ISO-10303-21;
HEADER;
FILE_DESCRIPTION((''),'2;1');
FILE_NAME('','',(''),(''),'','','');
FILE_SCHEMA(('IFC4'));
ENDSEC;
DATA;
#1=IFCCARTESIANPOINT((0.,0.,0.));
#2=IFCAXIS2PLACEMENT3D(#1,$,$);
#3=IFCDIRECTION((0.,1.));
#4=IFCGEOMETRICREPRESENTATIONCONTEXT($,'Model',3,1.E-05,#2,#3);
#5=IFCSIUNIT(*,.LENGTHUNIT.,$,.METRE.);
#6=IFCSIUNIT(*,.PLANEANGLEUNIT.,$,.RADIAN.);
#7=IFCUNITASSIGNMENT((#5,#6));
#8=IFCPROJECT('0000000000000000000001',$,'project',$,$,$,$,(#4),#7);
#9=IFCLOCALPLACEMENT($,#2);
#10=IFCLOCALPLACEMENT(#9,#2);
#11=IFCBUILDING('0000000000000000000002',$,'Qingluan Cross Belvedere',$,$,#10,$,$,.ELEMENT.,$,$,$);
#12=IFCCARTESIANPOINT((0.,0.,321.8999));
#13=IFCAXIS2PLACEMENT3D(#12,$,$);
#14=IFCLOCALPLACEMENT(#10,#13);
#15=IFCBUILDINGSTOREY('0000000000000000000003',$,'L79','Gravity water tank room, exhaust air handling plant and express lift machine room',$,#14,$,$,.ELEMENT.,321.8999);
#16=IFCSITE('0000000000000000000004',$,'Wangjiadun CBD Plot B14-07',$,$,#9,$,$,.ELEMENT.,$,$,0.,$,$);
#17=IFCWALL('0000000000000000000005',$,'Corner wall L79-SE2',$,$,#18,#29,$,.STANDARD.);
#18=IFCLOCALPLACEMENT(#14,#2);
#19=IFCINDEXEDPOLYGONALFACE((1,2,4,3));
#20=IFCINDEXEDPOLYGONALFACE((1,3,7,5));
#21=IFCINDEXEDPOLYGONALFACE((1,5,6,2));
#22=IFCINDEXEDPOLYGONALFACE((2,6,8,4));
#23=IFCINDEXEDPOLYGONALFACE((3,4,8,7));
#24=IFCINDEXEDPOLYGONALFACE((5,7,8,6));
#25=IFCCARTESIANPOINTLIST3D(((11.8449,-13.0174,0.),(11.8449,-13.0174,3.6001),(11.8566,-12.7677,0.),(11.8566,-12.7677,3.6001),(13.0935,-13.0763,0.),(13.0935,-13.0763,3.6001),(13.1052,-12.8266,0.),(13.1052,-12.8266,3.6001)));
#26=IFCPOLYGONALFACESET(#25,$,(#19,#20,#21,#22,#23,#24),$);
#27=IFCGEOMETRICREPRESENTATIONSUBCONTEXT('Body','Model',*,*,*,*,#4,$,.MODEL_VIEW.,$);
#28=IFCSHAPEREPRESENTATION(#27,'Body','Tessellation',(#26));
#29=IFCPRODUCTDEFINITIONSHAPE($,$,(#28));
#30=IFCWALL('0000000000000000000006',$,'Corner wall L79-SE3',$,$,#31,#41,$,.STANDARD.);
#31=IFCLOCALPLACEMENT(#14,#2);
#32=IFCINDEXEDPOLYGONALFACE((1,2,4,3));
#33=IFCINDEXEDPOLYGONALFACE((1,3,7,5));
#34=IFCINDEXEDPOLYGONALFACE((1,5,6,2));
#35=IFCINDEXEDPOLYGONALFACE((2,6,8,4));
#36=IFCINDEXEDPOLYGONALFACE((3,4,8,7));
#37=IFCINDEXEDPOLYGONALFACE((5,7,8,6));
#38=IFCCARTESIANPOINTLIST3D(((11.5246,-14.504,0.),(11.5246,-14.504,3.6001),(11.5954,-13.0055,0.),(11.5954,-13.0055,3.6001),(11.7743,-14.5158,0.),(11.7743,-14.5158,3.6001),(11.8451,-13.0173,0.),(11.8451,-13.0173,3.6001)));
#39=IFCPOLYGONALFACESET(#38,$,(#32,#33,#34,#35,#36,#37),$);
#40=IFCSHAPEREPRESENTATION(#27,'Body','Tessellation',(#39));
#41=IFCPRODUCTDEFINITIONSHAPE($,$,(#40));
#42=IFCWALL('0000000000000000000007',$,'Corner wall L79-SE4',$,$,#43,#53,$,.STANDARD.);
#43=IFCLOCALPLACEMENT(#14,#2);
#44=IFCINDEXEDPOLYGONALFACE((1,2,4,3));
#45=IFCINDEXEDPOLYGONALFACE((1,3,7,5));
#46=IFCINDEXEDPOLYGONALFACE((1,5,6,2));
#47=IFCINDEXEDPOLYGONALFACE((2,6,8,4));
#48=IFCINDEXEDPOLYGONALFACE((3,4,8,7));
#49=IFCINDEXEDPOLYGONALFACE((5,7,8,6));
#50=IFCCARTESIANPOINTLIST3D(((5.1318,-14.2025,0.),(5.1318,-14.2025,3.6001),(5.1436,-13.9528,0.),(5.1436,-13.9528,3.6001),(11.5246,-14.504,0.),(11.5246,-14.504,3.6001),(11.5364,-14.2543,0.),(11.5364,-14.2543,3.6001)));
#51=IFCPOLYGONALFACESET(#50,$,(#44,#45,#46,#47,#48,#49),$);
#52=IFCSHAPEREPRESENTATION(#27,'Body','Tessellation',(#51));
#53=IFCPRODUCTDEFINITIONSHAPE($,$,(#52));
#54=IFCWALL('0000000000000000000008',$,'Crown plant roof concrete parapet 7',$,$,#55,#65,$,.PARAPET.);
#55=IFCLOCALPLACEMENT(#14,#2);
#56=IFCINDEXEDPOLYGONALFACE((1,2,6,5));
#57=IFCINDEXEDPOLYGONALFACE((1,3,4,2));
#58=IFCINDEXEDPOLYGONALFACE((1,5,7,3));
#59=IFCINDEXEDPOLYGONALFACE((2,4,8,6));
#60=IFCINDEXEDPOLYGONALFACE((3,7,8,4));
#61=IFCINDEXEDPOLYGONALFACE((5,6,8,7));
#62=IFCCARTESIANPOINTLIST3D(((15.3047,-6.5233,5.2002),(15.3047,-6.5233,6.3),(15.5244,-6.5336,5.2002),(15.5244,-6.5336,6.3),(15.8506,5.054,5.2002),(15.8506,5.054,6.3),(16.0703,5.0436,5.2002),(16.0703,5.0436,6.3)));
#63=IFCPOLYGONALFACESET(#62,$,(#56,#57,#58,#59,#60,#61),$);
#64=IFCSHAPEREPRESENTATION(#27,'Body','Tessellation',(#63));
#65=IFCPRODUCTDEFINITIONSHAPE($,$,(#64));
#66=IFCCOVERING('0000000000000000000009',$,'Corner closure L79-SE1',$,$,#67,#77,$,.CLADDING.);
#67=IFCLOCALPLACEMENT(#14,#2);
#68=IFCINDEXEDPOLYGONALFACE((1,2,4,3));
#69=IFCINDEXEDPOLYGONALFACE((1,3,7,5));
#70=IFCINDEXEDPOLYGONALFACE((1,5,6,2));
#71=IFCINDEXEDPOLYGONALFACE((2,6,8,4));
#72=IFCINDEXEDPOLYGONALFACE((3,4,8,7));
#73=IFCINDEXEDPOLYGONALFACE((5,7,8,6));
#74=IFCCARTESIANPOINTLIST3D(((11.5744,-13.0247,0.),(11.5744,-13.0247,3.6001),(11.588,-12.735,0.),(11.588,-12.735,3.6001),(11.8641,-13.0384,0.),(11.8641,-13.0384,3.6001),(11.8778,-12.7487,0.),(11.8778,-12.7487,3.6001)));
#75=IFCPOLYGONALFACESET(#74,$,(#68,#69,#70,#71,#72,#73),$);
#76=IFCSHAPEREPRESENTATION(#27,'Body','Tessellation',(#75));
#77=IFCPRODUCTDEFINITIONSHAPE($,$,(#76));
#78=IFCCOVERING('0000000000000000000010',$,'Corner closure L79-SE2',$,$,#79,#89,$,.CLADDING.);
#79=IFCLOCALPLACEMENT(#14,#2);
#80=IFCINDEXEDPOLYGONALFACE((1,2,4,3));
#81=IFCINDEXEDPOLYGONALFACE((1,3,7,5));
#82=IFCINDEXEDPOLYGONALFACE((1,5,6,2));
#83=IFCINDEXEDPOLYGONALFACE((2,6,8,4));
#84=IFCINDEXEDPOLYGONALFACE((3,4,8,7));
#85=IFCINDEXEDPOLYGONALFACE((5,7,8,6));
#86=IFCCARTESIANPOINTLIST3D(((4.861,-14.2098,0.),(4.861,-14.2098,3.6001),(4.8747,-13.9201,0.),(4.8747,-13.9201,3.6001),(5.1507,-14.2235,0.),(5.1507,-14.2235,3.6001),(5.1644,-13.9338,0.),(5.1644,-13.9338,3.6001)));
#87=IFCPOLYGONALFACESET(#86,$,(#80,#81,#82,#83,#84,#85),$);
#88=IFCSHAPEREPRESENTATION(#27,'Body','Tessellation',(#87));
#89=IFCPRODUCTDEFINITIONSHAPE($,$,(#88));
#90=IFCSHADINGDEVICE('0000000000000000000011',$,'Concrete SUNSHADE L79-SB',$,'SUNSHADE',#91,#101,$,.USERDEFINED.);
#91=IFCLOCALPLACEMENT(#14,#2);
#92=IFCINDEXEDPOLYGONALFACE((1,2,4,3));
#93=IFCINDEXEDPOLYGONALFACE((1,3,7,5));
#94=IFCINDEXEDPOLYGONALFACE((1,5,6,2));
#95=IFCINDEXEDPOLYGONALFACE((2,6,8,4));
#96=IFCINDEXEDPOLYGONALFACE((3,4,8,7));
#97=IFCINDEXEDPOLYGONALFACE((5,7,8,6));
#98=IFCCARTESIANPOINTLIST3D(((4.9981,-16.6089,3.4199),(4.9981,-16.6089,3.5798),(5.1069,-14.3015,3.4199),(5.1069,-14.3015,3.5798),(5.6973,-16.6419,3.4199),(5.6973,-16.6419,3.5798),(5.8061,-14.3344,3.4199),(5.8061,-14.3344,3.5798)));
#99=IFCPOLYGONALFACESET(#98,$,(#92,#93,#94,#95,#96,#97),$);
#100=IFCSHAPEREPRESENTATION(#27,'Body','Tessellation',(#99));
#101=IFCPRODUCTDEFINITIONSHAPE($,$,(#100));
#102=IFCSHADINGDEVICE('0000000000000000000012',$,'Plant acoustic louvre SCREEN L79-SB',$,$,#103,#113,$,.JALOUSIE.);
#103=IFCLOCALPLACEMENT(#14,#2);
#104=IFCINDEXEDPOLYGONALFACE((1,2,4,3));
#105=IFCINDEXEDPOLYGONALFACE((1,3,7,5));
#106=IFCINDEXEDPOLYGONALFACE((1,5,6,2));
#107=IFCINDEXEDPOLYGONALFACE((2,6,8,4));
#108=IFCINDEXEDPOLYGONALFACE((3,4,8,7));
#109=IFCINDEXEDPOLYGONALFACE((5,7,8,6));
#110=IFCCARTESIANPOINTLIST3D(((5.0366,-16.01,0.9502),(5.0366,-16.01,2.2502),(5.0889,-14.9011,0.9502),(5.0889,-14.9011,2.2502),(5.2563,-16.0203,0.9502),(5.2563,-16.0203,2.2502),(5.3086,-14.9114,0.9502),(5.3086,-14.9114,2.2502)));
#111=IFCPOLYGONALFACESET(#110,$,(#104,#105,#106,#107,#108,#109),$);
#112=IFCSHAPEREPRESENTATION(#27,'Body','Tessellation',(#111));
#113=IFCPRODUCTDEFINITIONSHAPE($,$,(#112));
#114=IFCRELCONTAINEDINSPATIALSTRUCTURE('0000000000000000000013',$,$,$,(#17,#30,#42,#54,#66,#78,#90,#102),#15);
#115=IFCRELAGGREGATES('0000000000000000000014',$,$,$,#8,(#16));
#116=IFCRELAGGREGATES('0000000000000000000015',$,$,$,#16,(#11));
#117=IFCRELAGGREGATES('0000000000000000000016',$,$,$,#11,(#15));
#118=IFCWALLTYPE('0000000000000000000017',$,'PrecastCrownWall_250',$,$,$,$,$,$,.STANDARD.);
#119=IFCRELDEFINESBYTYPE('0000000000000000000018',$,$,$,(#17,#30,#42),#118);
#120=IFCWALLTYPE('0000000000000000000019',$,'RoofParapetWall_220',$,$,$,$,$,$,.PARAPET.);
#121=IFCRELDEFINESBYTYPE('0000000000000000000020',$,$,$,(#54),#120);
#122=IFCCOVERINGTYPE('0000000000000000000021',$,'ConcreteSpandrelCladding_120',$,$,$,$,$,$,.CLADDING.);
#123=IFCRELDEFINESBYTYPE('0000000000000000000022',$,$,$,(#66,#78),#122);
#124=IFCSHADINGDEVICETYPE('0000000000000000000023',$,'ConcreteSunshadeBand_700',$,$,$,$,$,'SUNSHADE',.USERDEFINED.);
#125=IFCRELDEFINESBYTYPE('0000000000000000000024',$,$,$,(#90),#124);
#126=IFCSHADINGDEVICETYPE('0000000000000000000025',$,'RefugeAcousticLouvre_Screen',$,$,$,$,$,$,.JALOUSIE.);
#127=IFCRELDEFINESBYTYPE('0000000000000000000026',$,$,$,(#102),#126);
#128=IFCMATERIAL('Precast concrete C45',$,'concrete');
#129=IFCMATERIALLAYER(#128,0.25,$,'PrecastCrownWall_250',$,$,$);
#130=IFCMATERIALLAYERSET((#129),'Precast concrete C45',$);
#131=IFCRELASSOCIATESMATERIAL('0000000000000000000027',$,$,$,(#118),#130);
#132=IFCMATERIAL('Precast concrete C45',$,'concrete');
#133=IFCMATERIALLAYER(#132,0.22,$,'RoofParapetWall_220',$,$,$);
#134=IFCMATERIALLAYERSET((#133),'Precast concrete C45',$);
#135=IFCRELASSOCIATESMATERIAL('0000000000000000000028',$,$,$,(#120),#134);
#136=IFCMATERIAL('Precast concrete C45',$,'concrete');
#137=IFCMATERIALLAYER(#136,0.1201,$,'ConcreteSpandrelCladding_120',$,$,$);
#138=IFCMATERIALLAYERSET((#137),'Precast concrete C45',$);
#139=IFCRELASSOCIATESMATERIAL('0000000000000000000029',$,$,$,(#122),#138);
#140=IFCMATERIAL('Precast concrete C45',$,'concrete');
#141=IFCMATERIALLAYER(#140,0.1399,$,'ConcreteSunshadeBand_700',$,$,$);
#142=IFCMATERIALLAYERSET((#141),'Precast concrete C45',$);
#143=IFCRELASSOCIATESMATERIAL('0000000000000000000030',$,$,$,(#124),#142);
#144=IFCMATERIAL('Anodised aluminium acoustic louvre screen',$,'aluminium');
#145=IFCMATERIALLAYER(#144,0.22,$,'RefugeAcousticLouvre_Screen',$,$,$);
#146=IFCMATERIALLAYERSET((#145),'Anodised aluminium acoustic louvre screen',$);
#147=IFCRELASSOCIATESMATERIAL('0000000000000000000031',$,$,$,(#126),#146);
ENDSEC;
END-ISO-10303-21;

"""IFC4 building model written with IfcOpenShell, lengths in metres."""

from ifc_helpers import new_model, si_unit, direction, frame, frame_2d, origin, origin_2d, place, context, subcontext, project, spatial, rectangle, extrude, material, layer, layer_set, type_object, element, save


model = new_model("IFC4")

# Units and contexts
model_context = context("Model", 3, precision=1e-05, world=origin(), true_north=direction((0.0, 1.0)))
body_context = subcontext(model_context, "Body", "Model", "MODEL_VIEW")
ifc_project = project(units=[si_unit("LENGTHUNIT", "METRE"), si_unit("PLANEANGLEUNIT", "RADIAN")], contexts=[model_context])

# Site, building, storey
site_placement = place(None, origin())
site = spatial("IfcSite", under=ifc_project, at=site_placement, Name="Wangjiadun CBD Plot B14-07", CompositionType="ELEMENT", RefElevation=0.0)
building_placement = place(site_placement, origin())
building = spatial("IfcBuilding", under=site, at=building_placement, Name="Qingluan Cross Belvedere", CompositionType="ELEMENT")
storey_placement = place(building_placement, frame((0.0, 0.0, 321.8999)))
storey = spatial("IfcBuildingStorey", under=building, at=storey_placement, Name="L79", Description="Gravity water tank room, exhaust air handling plant and express lift machine room", CompositionType="ELEMENT", Elevation=321.8999)

# Walls
ifc_material_1 = material(Name="Precast concrete C45", Category="concrete")
ifc_layer_1 = layer(ifc_material_1, 0.25, Name="PrecastCrownWall_250")
ifc_layer_set_1 = layer_set([ifc_layer_1], Name="Precast concrete C45")
wall_type_1 = type_object("IfcWallType", Name="PrecastCrownWall_250", PredefinedType="STANDARD", material=ifc_layer_set_1)
wall_1_placement = place(storey_placement, frame((13.0994, -12.9514, 0.0), z_axis=(0.0, 0.0, 1.0), x_axis=(-0.998891, 0.047073, 0.0)))
element("IfcWall", 1, at=wall_1_placement, inside=storey, type_object=wall_type_1, Name="Corner wall L79-SE2", PredefinedType="STANDARD", context=body_context, shape_type="SweptSolid", body=[
    extrude(rectangle(XDim=1.25, YDim=0.25, at=frame_2d((0.625, 0.0))), origin(), (0.0, 0.0, 1.0), 3.6001),
])
wall_2_placement = place(storey_placement, frame((11.7202, -13.0115, 0.0), z_axis=(0.0, 0.0, 1.0), x_axis=(-0.047194, -0.998886, 0.0)))
element("IfcWall", 2, at=wall_2_placement, inside=storey, type_object=wall_type_1, Name="Corner wall L79-SE3", PredefinedType="STANDARD", context=body_context, shape_type="SweptSolid", body=[
    extrude(rectangle(XDim=1.5002, YDim=0.25, at=frame_2d((0.75, 0.0))), origin(), (0.0, 0.0, 1.0), 3.6001),
])
wall_3_placement = place(storey_placement, frame((11.5305, -14.3792, 0.0), z_axis=(0.0, 0.0, 1.0), x_axis=(-0.99889, 0.047112, 0.0)))
element("IfcWall", 3, at=wall_3_placement, inside=storey, type_object=wall_type_1, Name="Corner wall L79-SE4", PredefinedType="STANDARD", context=body_context, shape_type="SweptSolid", body=[
    extrude(rectangle(XDim=6.3999, YDim=0.25, at=frame_2d((3.2, 0.0))), origin(), (0.0, 0.0, 1.0), 3.6001),
])
ifc_material_2 = material(Name="Precast concrete C45", Category="concrete")
ifc_layer_2 = layer(ifc_material_2, 0.22, Name="RoofParapetWall_220")
ifc_layer_set_2 = layer_set([ifc_layer_2], Name="Precast concrete C45")
wall_type_2 = type_object("IfcWallType", Name="RoofParapetWall_220", PredefinedType="PARAPET", material=ifc_layer_set_2)
wall_4_placement = place(storey_placement, frame((15.4146, -6.5283, 5.2002), z_axis=(0.0, 0.0, 1.0), x_axis=(0.047101, 0.99889, 0.0)))
element("IfcWall", 4, at=wall_4_placement, inside=storey, type_object=wall_type_2, Name="Crown plant roof concrete parapet 7", PredefinedType="PARAPET", context=body_context, shape_type="SweptSolid", body=[
    extrude(rectangle(XDim=11.5901, YDim=0.22, at=frame_2d((5.7949, 0.0))), origin(), (0.0, 0.0, 1.0), 1.0999),
])

# Coverings
ifc_material_3 = material(Name="Precast concrete C45", Category="concrete")
ifc_layer_3 = layer(ifc_material_3, 0.1201, Name="ConcreteSpandrelCladding_120")
ifc_layer_set_3 = layer_set([ifc_layer_3], Name="Precast concrete C45")
covering_type = type_object("IfcCoveringType", Name="ConcreteSpandrelCladding_120", PredefinedType="CLADDING", material=ifc_layer_set_3)
for number, where, z_axis, x_axis, name in (
    (5, (11.7261, -12.8867, 0.0), (0.0, 0.0, 1.0), (0.99889, -0.047106, 0.0), "Corner closure L79-SE1"),
    (6, (5.0127, -14.0718, 0.0), (0.0, 0.0, 1.0), (0.99889, -0.047106, 0.0), "Corner closure L79-SE2"),
):
    element("IfcCovering", number, at=place(storey_placement, frame(where, z_axis=z_axis, x_axis=x_axis)), inside=storey, type_object=covering_type, Name=name, PredefinedType="CLADDING", context=body_context, shape_type="SweptSolid", body=[
        extrude(rectangle(XDim=0.29, YDim=0.29, at=origin_2d()), origin(), (0.0, 0.0, 1.0), 3.6001),
    ])

# Shading devices
ifc_material_4 = material(Name="Precast concrete C45", Category="concrete")
ifc_layer_4 = layer(ifc_material_4, 0.1399, Name="ConcreteSunshadeBand_700")
ifc_layer_set_4 = layer_set([ifc_layer_4], Name="Precast concrete C45")
shading_device_type_1 = type_object("IfcShadingDeviceType", Name="ConcreteSunshadeBand_700", ElementType="SUNSHADE", PredefinedType="USERDEFINED", material=ifc_layer_set_4)
shading_device_1_placement = place(storey_placement, frame((5.4021, -15.4717, 3.4199), z_axis=(0.0, 0.0, 1.0), x_axis=(0.047092, 0.998891, 0.0)))
element("IfcShadingDevice", 7, at=shading_device_1_placement, inside=storey, type_object=shading_device_type_1, Name="Concrete SUNSHADE L79-SB", ObjectType="SUNSHADE", PredefinedType="USERDEFINED", context=body_context, shape_type="SweptSolid", body=[
    extrude(rectangle(XDim=2.3101, YDim=0.7, at=origin_2d()), origin(), (0.0, 0.0, 1.0), 0.1599),
])
ifc_material_5 = material(Name="Anodised aluminium acoustic louvre screen", Category="aluminium")
ifc_layer_5 = layer(ifc_material_5, 0.22, Name="RefugeAcousticLouvre_Screen")
ifc_layer_set_5 = layer_set([ifc_layer_5], Name="Anodised aluminium acoustic louvre screen")
shading_device_type_2 = type_object("IfcShadingDeviceType", Name="RefugeAcousticLouvre_Screen", PredefinedType="JALOUSIE", material=ifc_layer_set_5)
shading_device_2_placement = place(storey_placement, frame((5.1726, -15.4607, 0.9502), z_axis=(0.0, 0.0, 1.0), x_axis=(0.047092, 0.998891, 0.0)))
element("IfcShadingDevice", 8, at=shading_device_2_placement, inside=storey, type_object=shading_device_type_2, Name="Plant acoustic louvre SCREEN L79-SB", PredefinedType="JALOUSIE", context=body_context, shape_type="SweptSolid", body=[
    extrude(rectangle(XDim=1.1101, YDim=0.22, at=origin_2d()), origin(), (0.0, 0.0, 1.0), 1.3),
])

save(model, "model.ifc")
